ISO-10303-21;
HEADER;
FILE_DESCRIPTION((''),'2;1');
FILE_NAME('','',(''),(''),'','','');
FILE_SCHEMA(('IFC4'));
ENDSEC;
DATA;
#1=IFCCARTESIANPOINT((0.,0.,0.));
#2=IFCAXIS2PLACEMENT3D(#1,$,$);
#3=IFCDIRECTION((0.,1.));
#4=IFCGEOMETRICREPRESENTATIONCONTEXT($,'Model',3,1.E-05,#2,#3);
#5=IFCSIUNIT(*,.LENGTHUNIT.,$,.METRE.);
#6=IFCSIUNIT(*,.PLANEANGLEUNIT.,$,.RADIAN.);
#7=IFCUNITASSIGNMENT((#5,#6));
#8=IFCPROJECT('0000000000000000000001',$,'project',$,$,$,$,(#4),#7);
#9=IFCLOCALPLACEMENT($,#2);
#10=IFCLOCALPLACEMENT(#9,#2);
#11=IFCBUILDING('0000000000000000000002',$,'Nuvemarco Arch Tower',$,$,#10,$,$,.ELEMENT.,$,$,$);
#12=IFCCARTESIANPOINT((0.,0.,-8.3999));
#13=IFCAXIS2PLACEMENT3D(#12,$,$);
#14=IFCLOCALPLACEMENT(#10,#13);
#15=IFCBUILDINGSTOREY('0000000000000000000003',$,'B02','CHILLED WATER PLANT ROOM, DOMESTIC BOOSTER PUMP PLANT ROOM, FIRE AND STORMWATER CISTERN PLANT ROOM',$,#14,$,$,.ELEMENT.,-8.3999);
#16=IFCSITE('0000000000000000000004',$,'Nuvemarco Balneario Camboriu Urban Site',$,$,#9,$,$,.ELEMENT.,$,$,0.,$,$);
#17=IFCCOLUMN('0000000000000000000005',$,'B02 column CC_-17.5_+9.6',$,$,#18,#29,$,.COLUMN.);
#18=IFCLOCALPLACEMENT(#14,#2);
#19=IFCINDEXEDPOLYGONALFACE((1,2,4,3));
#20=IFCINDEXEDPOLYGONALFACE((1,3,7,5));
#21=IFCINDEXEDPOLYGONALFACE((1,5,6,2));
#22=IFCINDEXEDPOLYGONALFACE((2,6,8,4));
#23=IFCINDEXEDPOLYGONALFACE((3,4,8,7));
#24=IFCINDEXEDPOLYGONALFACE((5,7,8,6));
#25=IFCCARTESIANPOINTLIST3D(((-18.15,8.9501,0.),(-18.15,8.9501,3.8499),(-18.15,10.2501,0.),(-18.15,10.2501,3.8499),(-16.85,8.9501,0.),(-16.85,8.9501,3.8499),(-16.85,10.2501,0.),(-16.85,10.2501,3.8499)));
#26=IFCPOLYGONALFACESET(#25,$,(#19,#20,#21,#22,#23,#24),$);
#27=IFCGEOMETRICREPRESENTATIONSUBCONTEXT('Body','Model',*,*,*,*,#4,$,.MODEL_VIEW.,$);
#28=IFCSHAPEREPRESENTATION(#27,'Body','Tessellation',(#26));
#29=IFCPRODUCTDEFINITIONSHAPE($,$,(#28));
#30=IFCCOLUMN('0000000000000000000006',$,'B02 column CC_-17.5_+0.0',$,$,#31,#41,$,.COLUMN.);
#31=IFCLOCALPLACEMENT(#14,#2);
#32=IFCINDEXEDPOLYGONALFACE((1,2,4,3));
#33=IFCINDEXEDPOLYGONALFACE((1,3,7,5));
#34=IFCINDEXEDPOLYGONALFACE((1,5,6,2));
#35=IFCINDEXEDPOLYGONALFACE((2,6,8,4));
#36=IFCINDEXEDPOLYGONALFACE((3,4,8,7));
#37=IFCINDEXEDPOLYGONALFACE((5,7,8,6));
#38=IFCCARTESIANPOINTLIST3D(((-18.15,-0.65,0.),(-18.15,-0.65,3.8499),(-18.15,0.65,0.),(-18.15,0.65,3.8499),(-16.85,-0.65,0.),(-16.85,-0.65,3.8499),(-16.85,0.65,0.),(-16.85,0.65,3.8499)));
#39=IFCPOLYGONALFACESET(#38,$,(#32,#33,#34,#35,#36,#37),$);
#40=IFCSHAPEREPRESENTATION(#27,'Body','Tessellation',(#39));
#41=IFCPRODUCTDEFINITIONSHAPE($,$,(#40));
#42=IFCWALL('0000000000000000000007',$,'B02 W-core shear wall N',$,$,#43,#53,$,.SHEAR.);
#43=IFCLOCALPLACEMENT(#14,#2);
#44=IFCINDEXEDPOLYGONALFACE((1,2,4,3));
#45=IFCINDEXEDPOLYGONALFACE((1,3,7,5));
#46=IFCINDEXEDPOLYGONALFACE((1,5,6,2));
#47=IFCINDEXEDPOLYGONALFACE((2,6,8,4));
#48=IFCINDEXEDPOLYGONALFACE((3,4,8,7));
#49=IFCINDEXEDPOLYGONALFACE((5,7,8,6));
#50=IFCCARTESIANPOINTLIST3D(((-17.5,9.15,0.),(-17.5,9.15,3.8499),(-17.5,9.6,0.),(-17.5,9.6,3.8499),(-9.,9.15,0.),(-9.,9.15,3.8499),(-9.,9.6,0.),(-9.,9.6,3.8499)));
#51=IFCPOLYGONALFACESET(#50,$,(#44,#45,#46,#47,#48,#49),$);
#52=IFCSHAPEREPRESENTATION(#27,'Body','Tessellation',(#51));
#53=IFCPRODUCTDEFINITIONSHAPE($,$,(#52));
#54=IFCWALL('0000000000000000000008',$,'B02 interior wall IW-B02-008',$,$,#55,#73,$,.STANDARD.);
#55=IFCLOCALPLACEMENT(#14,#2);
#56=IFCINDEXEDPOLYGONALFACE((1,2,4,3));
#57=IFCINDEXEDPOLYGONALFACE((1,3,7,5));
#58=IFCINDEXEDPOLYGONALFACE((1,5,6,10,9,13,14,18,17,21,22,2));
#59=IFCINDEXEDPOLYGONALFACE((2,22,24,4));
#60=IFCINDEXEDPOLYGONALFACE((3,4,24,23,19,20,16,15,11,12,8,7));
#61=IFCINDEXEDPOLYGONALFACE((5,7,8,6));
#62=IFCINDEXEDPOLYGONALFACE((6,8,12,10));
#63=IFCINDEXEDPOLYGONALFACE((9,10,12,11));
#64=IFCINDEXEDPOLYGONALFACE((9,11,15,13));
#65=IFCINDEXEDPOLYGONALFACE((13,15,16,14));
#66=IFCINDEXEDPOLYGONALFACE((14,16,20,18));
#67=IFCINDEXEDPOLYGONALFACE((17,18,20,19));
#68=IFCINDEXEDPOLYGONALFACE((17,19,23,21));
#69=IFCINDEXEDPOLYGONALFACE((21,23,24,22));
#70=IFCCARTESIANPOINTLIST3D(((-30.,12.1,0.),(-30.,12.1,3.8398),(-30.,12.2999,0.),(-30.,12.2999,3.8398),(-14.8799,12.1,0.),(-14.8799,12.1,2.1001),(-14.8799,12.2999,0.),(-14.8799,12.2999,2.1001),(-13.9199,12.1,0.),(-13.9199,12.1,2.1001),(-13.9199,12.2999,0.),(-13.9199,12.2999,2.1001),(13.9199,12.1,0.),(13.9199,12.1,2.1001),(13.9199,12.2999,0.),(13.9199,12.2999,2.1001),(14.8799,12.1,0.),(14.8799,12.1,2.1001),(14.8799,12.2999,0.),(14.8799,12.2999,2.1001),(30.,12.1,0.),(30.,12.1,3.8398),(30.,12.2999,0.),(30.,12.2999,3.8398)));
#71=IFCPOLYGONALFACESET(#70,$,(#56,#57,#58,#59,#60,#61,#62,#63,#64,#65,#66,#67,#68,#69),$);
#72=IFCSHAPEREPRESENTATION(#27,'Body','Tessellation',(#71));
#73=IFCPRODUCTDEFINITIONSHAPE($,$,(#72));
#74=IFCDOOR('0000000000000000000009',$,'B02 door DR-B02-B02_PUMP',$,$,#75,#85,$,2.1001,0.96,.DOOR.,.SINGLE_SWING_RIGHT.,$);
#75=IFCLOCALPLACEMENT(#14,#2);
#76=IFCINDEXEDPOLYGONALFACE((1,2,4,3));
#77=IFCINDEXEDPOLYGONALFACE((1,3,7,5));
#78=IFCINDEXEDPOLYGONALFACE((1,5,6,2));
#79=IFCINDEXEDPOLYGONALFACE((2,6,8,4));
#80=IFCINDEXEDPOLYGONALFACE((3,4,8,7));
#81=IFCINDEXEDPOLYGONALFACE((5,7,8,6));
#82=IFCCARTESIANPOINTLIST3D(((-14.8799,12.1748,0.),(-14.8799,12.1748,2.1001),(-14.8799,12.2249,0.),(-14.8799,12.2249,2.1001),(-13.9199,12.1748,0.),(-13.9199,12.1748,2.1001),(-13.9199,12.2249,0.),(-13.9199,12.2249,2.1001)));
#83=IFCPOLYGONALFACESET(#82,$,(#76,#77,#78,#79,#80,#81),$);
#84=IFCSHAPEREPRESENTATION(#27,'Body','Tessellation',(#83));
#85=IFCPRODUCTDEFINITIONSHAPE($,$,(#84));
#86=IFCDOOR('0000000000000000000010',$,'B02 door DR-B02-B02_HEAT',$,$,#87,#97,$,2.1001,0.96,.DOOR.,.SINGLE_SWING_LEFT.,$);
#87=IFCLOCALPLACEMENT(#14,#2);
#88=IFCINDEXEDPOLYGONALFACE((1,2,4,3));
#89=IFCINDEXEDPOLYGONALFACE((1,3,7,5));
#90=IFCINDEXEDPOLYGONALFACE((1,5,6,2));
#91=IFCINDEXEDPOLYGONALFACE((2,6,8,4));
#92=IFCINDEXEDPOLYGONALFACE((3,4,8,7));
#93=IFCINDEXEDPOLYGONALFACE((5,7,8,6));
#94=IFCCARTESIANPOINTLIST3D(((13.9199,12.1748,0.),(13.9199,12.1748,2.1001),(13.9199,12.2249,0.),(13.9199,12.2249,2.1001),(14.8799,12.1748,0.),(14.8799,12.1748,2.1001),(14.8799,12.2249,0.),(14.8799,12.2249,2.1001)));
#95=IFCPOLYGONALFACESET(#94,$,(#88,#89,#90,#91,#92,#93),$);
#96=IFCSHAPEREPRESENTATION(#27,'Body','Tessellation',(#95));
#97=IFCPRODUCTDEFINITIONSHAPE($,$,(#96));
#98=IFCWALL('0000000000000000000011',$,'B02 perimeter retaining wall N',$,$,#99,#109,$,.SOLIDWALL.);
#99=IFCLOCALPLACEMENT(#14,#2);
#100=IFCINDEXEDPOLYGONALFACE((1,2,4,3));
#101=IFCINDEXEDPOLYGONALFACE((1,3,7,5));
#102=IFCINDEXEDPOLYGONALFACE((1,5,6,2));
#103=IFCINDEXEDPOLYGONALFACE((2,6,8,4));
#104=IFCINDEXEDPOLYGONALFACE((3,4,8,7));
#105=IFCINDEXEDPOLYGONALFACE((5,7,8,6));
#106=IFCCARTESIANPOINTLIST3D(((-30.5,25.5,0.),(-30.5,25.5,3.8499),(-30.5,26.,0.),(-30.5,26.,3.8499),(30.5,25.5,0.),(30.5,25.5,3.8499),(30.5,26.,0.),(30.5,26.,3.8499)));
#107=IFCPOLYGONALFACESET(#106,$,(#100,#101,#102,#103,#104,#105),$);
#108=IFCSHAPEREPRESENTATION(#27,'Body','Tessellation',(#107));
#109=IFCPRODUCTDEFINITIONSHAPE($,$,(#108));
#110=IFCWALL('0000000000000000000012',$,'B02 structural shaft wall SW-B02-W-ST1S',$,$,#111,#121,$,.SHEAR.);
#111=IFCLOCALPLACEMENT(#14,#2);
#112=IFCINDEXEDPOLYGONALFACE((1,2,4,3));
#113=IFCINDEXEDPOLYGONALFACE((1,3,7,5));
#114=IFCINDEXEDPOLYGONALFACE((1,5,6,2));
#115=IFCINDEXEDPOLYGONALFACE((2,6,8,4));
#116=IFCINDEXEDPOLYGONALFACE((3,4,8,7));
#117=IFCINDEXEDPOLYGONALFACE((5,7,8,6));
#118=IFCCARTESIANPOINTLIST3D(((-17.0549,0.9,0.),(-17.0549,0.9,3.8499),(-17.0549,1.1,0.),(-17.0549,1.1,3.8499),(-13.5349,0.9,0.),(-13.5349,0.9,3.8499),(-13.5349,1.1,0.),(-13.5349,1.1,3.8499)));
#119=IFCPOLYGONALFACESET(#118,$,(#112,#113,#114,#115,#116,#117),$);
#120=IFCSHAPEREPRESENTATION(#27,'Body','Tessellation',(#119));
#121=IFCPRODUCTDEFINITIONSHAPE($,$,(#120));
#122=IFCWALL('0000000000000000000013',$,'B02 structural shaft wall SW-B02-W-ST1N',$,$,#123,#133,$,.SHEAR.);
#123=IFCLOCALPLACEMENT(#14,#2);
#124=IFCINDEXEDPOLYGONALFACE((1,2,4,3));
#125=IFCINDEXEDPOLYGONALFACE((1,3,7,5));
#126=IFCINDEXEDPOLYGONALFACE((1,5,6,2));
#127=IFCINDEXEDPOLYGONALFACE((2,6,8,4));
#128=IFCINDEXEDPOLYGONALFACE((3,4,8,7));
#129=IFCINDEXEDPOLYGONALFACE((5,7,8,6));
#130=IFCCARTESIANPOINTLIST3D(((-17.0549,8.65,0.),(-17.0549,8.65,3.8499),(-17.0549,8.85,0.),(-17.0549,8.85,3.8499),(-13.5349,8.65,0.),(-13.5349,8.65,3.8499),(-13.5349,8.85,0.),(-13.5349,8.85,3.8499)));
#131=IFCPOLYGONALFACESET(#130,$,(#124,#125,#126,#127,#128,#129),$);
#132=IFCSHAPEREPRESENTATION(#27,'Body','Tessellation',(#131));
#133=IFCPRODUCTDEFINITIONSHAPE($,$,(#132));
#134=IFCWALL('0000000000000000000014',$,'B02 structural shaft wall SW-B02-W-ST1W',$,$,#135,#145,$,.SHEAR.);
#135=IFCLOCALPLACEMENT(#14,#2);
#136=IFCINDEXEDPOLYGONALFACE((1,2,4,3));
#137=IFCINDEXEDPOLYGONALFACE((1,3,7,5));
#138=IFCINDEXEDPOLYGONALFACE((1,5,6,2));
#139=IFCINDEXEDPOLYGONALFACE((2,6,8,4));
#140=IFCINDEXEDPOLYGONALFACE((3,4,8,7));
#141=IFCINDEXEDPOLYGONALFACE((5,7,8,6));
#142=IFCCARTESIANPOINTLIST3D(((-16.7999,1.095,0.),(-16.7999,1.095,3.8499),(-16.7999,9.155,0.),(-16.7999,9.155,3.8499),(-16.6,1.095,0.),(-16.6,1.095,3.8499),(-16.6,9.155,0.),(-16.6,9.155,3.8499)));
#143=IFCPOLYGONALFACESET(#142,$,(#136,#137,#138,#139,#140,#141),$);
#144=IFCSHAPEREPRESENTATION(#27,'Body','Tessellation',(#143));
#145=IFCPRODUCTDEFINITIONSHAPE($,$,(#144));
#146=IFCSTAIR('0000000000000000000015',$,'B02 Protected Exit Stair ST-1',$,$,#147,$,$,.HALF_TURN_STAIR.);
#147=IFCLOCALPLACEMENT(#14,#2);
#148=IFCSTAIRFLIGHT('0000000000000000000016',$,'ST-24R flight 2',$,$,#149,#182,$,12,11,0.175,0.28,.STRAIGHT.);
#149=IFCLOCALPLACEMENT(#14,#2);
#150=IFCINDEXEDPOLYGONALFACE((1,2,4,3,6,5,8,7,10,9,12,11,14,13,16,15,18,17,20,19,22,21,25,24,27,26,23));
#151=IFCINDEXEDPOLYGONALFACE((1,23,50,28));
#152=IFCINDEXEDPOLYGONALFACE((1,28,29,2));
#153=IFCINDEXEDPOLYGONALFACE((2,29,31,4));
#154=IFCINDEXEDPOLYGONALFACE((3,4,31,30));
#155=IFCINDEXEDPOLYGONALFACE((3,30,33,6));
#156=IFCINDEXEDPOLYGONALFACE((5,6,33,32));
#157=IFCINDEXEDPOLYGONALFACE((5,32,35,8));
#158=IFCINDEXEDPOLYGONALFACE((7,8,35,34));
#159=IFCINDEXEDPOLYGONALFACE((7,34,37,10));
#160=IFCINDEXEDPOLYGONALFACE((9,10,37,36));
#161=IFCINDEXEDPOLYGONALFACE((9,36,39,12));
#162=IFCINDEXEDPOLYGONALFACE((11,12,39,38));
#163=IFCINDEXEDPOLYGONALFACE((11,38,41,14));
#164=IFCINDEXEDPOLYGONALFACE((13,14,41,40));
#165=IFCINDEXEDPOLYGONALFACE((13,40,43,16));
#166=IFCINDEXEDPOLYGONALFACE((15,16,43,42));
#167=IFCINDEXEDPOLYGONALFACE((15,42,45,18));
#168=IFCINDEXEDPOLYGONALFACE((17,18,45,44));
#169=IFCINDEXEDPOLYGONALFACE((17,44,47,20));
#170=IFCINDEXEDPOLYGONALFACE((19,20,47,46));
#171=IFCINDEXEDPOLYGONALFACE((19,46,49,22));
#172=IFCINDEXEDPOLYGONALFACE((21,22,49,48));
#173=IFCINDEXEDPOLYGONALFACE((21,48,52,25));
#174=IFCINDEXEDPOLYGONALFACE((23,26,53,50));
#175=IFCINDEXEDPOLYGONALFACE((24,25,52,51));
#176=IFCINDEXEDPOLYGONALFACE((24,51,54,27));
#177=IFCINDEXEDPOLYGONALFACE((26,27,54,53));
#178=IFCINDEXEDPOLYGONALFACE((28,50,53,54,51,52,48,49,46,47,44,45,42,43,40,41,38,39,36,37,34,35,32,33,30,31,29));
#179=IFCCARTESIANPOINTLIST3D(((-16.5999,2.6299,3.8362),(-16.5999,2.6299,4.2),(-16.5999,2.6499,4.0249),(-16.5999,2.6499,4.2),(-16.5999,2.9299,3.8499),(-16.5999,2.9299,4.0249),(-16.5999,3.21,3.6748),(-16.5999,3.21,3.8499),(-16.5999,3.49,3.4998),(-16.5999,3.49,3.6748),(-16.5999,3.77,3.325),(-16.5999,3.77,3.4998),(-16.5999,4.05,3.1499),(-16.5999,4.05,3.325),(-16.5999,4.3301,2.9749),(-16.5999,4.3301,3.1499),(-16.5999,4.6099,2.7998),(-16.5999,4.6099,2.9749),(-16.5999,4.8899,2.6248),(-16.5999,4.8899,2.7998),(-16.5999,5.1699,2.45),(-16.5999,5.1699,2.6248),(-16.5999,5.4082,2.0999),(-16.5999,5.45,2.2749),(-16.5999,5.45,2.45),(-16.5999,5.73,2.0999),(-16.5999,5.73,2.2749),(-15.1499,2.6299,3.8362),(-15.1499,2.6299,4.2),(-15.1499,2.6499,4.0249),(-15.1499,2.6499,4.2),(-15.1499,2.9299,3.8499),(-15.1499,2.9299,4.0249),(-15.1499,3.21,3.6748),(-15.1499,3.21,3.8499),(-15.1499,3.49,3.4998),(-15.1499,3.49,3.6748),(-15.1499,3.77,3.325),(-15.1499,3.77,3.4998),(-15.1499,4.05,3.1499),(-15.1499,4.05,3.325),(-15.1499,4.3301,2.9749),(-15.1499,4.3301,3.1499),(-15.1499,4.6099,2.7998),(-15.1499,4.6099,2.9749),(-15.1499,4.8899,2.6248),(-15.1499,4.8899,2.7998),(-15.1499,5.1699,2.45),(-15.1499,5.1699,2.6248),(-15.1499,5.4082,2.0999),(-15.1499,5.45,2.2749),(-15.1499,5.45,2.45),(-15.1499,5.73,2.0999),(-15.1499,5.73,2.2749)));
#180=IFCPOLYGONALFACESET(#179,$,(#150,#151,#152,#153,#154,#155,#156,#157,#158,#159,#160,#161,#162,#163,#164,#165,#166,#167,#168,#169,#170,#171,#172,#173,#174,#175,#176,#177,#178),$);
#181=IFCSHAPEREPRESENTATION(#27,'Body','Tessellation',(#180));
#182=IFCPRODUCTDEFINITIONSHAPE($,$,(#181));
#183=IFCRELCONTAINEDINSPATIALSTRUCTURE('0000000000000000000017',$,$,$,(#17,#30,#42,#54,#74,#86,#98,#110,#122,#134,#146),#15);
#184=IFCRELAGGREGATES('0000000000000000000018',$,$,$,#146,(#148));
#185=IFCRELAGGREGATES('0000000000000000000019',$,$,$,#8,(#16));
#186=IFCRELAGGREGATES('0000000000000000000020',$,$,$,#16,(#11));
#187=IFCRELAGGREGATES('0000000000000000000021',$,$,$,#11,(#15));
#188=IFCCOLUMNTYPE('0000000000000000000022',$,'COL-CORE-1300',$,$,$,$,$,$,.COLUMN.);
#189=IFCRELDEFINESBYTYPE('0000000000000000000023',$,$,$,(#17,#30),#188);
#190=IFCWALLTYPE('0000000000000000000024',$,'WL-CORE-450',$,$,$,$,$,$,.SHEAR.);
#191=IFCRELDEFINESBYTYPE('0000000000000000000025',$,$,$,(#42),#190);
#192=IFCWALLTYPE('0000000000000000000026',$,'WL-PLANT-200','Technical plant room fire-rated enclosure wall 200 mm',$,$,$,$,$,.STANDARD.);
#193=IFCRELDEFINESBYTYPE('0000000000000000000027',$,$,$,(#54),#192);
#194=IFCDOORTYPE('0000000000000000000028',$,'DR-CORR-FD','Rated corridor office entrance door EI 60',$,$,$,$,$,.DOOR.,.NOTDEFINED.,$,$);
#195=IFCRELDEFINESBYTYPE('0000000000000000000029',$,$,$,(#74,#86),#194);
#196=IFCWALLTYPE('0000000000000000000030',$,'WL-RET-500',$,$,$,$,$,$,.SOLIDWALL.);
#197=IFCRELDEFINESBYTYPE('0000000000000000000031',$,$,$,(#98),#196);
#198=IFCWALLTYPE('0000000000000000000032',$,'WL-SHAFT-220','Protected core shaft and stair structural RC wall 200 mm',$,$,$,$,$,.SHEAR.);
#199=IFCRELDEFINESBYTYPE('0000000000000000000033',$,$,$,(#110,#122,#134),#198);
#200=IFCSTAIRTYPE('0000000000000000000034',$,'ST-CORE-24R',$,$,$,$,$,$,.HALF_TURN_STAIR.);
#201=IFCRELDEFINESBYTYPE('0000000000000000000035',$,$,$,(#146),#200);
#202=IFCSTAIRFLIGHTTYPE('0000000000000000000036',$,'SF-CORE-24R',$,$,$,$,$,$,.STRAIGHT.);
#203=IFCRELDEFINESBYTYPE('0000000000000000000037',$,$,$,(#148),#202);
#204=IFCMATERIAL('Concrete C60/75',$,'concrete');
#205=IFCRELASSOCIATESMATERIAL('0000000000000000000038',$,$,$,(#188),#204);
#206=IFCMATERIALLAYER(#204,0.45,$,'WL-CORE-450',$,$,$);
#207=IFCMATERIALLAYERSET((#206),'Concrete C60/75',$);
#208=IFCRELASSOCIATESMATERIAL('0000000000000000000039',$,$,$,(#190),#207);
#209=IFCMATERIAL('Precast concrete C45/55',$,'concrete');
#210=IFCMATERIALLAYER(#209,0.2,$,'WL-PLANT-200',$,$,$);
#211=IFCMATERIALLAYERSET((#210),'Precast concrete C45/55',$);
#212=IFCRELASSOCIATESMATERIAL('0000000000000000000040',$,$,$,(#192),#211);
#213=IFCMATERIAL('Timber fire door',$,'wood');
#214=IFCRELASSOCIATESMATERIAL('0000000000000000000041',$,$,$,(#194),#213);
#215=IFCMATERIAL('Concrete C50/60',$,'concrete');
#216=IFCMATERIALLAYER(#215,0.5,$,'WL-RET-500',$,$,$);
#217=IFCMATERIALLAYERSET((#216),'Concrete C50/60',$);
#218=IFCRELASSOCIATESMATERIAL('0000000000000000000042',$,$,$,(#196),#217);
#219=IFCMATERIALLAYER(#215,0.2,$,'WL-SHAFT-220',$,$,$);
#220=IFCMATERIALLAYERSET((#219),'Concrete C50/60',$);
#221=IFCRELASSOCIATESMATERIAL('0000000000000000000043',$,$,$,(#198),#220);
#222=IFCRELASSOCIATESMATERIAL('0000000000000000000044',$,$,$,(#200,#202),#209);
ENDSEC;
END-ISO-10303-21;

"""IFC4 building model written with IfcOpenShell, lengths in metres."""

from ifc_helpers import new_model, si_unit, direction, frame, frame_2d, origin, origin_2d, place, context, subcontext, project, spatial, polyline, rectangle, outline, extrude, source, transform, mapped, material, layer, layer_set, material_profile, profile_set, type_object, type_shapes, element, fill, aggregate, save


model = new_model("IFC4")

# Units and contexts
model_context = context("Model", 3, precision=1e-05, world=origin(), true_north=direction((0.0, 1.0)))
body_context = subcontext(model_context, "Body", "Model", "MODEL_VIEW")
ifc_project = project(units=[si_unit("LENGTHUNIT", "METRE"), si_unit("PLANEANGLEUNIT", "RADIAN")], contexts=[model_context])

# Site, building, storey
site_placement = place(None, origin())
site = spatial("IfcSite", under=ifc_project, at=site_placement, Name="Nuvemarco Balneario Camboriu Urban Site", CompositionType="ELEMENT", RefElevation=0.0)
building_placement = place(site_placement, origin())
building = spatial("IfcBuilding", under=site, at=building_placement, Name="Nuvemarco Arch Tower", CompositionType="ELEMENT")
storey_placement = place(building_placement, frame((0.0, 0.0, -8.3999)))
storey = spatial("IfcBuildingStorey", under=building, at=storey_placement, Name="B02", Description="CHILLED WATER PLANT ROOM, DOMESTIC BOOSTER PUMP PLANT ROOM, FIRE AND STORMWATER CISTERN PLANT ROOM", CompositionType="ELEMENT", Elevation=-8.3999)

# Shared definitions
ifc_material_1 = material(Name="Concrete C50/60", Category="concrete")

# Columns
ifc_material_2 = material(Name="Concrete C60/75", Category="concrete")
ifc_material_profile_1 = material_profile(ifc_material_2, rectangle(XDim=1.3, YDim=1.3, at=origin_2d()), Name="RC-COL-1300x1300")
ifc_profile_set_1 = profile_set([ifc_material_profile_1], Name="Concrete C60/75")
column_type_1 = type_object("IfcColumnType", Name="COL-CORE-1300", PredefinedType="COLUMN", material=ifc_profile_set_1)
for number, where, z_axis, x_axis, name in (
    (1, (-17.5, 9.6001, 0.0), (0.0, 0.0, 1.0), (1.0, 0.0, 0.0), "B02 column CC_-17.5_+9.6"),
    (2, (-17.5, 0.0, 0.0), (0.0, 0.0, 1.0), (1.0, 0.0, 0.0), "B02 column CC_-17.5_+0.0"),
):
    element("IfcColumn", number, at=place(storey_placement, frame(where, z_axis=z_axis, x_axis=x_axis)), inside=storey, type_object=column_type_1, Name=name, PredefinedType="COLUMN", context=body_context, shape_type="SweptSolid", body=[
        extrude(rectangle(XDim=1.3, YDim=1.3, at=origin_2d()), origin(), (0.0, 0.0, 1.0), 3.8499),
    ])

# Wall
ifc_layer_1 = layer(ifc_material_2, 0.45, Name="WL-CORE-450")
ifc_layer_set_1 = layer_set([ifc_layer_1], Name="Concrete C60/75")
wall_type_1 = type_object("IfcWallType", Name="WL-CORE-450", PredefinedType="SHEAR", material=ifc_layer_set_1)
wall_1_placement = place(storey_placement, frame((-17.5, 9.375, 0.0), z_axis=(0.0, 0.0, 1.0), x_axis=(1.0, 0.0, 0.0)))
element("IfcWall", 3, at=wall_1_placement, inside=storey, type_object=wall_type_1, Name="B02 W-core shear wall N", PredefinedType="SHEAR", context=body_context, shape_type="SweptSolid", body=[
    extrude(rectangle(XDim=8.5, YDim=0.45, at=frame_2d((4.25, 0.0))), origin(), (0.0, 0.0, 1.0), 3.8499),
])

# Wall, openings, doors
ifc_material_3 = material(Name="Precast concrete C45/55", Category="concrete")
ifc_layer_2 = layer(ifc_material_3, 0.2, Name="WL-PLANT-200")
ifc_layer_set_2 = layer_set([ifc_layer_2], Name="Precast concrete C45/55")
wall_type_2 = type_object("IfcWallType", Name="WL-PLANT-200", Description="Technical plant room fire-rated enclosure wall 200 mm", PredefinedType="STANDARD", material=ifc_layer_set_2)
wall_2_placement = place(storey_placement, frame((-30.0, 12.2, 0.0), z_axis=(0.0, 0.0, 1.0), x_axis=(1.0, 0.0, 0.0)))
wall_2 = element("IfcWall", 4, at=wall_2_placement, inside=storey, type_object=wall_type_2, Name="B02 interior wall IW-B02-008", PredefinedType="STANDARD", context=body_context, shape_type="SweptSolid", body=[
    extrude(rectangle(XDim=60.0, YDim=0.2, at=frame_2d((30.0, 0.0))), origin(), (0.0, 0.0, 1.0), 3.8398),
])
opening_1_placement = place(wall_2_placement, frame((15.1201, 0.0, 0.0)))
opening_1 = element("IfcOpeningElement", 5, at=opening_1_placement, cuts=wall_2, PredefinedType="OPENING", context=body_context, shape_type="SweptSolid", body=[
    extrude(rectangle(XDim=0.96, YDim=2.1001, at=frame_2d((0.48, 1.05))), frame((0.0, 0.1099, 0.0), z_axis=(0.0, -1.0, 0.0), x_axis=(1.0, 0.0, 0.0)), (0.0, 0.0, 1.0), 0.22),
])
opening_2_placement = place(wall_2_placement, frame((43.9199, 0.0, 0.0)))
opening_2 = element("IfcOpeningElement", 6, at=opening_2_placement, cuts=wall_2, PredefinedType="OPENING", context=body_context, shape_type="SweptSolid", body=[
    extrude(rectangle(XDim=0.96, YDim=2.1001, at=frame_2d((0.48, 1.05))), frame((0.0, 0.1099, 0.0), z_axis=(0.0, -1.0, 0.0), x_axis=(1.0, 0.0, 0.0)), (0.0, 0.0, 1.0), 0.22),
])
ifc_material_4 = material(Name="Timber fire door", Category="wood")
door_type = type_object("IfcDoorType", Name="DR-CORR-FD", Description="Rated corridor office entrance door EI 60", OperationType="NOTDEFINED", PredefinedType="DOOR", material=ifc_material_4)
shared_shape = source(origin(), body_context, "Body", "SweptSolid", [
    extrude(rectangle(XDim=0.96, YDim=2.1001, at=frame_2d((0.48, 1.05))), frame((0.0, 0.0249, 0.0), z_axis=(0.0, -1.0, 0.0), x_axis=(1.0, 0.0, 0.0)), (0.0, 0.0, 1.0), 0.05),
])
type_shapes(door_type, [shared_shape])
door_1_placement = place(opening_1_placement, origin())
door_1 = element("IfcDoor", 7, at=door_1_placement, inside=storey, type_object=door_type, Name="B02 door DR-B02-B02_PUMP", OperationType="SINGLE_SWING_RIGHT", OverallHeight=2.1001, OverallWidth=0.96, PredefinedType="DOOR", context=body_context, shape_type="MappedRepresentation", body=[
    mapped(shared_shape, transform((0.0, 0.0, 0.0), scale=1.0)),
])
fill(opening_1, door_1)
door_2_placement = place(opening_2_placement, origin())
door_2 = element("IfcDoor", 8, at=door_2_placement, inside=storey, type_object=door_type, Name="B02 door DR-B02-B02_HEAT", OperationType="SINGLE_SWING_LEFT", OverallHeight=2.1001, OverallWidth=0.96, PredefinedType="DOOR", context=body_context, shape_type="MappedRepresentation", body=[
    mapped(shared_shape, transform((0.0, 0.0, 0.0), scale=1.0)),
])
fill(opening_2, door_2)

# Walls
ifc_layer_3 = layer(ifc_material_1, 0.5, Name="WL-RET-500")
ifc_layer_set_3 = layer_set([ifc_layer_3], Name="Concrete C50/60")
wall_type_3 = type_object("IfcWallType", Name="WL-RET-500", PredefinedType="SOLIDWALL", material=ifc_layer_set_3)
wall_3_placement = place(storey_placement, frame((-30.5, 25.75, 0.0), z_axis=(0.0, 0.0, 1.0), x_axis=(1.0, 0.0, 0.0)))
element("IfcWall", 9, at=wall_3_placement, inside=storey, type_object=wall_type_3, Name="B02 perimeter retaining wall N", PredefinedType="SOLIDWALL", context=body_context, shape_type="SweptSolid", body=[
    extrude(rectangle(XDim=61.0, YDim=0.5, at=frame_2d((30.5, 0.0))), origin(), (0.0, 0.0, 1.0), 3.8499),
])
ifc_layer_4 = layer(ifc_material_1, 0.2, Name="WL-SHAFT-220")
ifc_layer_set_4 = layer_set([ifc_layer_4], Name="Concrete C50/60")
wall_type_4 = type_object("IfcWallType", Name="WL-SHAFT-220", Description="Protected core shaft and stair structural RC wall 200 mm", PredefinedType="SHEAR", material=ifc_layer_set_4)
for number, where, z_axis, x_axis, name in (
    (10, (-17.0549, 1.0, 0.0), (0.0, 0.0, 1.0), (1.0, 0.0, 0.0), "B02 structural shaft wall SW-B02-W-ST1S"),
    (11, (-17.0549, 8.75, 0.0), (0.0, 0.0, 1.0), (1.0, 0.0, 0.0), "B02 structural shaft wall SW-B02-W-ST1N"),
):
    element("IfcWall", number, at=place(storey_placement, frame(where, z_axis=z_axis, x_axis=x_axis)), inside=storey, type_object=wall_type_4, Name=name, PredefinedType="SHEAR", context=body_context, shape_type="SweptSolid", body=[
        extrude(rectangle(XDim=3.52, YDim=0.2, at=frame_2d((1.76, 0.0))), origin(), (0.0, 0.0, 1.0), 3.8499),
    ])
wall_4_placement = place(storey_placement, frame((-16.7, 1.095, 0.0), z_axis=(0.0, 0.0, 1.0), x_axis=(0.0, 1.0, 0.0)))
element("IfcWall", 12, at=wall_4_placement, inside=storey, type_object=wall_type_4, Name="B02 structural shaft wall SW-B02-W-ST1W", PredefinedType="SHEAR", context=body_context, shape_type="SweptSolid", body=[
    extrude(rectangle(XDim=8.0601, YDim=0.2, at=frame_2d((4.03, 0.0))), origin(), (0.0, 0.0, 1.0), 3.8499),
])

# Stair, stair flight
stair_type = type_object("IfcStairType", Name="ST-CORE-24R", PredefinedType="HALF_TURN_STAIR", material=ifc_material_3)
stair_placement = place(storey_placement, origin())
stair = element("IfcStair", 13, at=stair_placement, inside=storey, type_object=stair_type, Name="B02 Protected Exit Stair ST-1", PredefinedType="HALF_TURN_STAIR")
stair_flight_type = type_object("IfcStairFlightType", Name="SF-CORE-24R", PredefinedType="STRAIGHT", material=ifc_material_3)
stair_flight_placement = place(storey_placement, frame((-15.875, 5.73, 2.0999), z_axis=(0.0, 0.0, 1.0), x_axis=(0.0, -1.0, 0.0)))
stair_flight = element("IfcStairFlight", 14, at=stair_flight_placement, type_object=stair_flight_type, Name="ST-24R flight 2", NumberOfRisers=12, NumberOfTreads=11, PredefinedType="STRAIGHT", RiserHeight=0.175, TreadLength=0.28, context=body_context, shape_type="SweptSolid", body=[
    extrude(outline(polyline([(0.0, 0.0), (0.0, 0.175), (0.28, 0.175), (0.28, 0.3501), (0.5601, 0.3501), (0.5601, 0.5249), (0.8401, 0.5249), (0.8401, 0.7), (1.1201, 0.7), (1.1201, 0.875), (1.3999, 0.875), (1.3999, 1.05), (1.6799, 1.05), (1.6799, 1.2251), (1.96, 1.2251), (1.96, 1.3999), (2.24, 1.3999), (2.24, 1.575), (2.52, 1.575), (2.52, 1.75), (2.8, 1.75), (2.8, 1.925), (3.0801, 1.925), (3.0801, 2.1001), (3.1001, 2.1001), (3.1001, 1.7363), (0.3218, 0.0), (0.0, 0.0)])), frame((0.0, 0.7251, 0.0), z_axis=(0.0, -1.0, 0.0), x_axis=(1.0, 0.0, 0.0)), (0.0, 0.0, 1.0), 1.45),
])
aggregate(stair, [stair_flight])

save(model, "model.ifc")
